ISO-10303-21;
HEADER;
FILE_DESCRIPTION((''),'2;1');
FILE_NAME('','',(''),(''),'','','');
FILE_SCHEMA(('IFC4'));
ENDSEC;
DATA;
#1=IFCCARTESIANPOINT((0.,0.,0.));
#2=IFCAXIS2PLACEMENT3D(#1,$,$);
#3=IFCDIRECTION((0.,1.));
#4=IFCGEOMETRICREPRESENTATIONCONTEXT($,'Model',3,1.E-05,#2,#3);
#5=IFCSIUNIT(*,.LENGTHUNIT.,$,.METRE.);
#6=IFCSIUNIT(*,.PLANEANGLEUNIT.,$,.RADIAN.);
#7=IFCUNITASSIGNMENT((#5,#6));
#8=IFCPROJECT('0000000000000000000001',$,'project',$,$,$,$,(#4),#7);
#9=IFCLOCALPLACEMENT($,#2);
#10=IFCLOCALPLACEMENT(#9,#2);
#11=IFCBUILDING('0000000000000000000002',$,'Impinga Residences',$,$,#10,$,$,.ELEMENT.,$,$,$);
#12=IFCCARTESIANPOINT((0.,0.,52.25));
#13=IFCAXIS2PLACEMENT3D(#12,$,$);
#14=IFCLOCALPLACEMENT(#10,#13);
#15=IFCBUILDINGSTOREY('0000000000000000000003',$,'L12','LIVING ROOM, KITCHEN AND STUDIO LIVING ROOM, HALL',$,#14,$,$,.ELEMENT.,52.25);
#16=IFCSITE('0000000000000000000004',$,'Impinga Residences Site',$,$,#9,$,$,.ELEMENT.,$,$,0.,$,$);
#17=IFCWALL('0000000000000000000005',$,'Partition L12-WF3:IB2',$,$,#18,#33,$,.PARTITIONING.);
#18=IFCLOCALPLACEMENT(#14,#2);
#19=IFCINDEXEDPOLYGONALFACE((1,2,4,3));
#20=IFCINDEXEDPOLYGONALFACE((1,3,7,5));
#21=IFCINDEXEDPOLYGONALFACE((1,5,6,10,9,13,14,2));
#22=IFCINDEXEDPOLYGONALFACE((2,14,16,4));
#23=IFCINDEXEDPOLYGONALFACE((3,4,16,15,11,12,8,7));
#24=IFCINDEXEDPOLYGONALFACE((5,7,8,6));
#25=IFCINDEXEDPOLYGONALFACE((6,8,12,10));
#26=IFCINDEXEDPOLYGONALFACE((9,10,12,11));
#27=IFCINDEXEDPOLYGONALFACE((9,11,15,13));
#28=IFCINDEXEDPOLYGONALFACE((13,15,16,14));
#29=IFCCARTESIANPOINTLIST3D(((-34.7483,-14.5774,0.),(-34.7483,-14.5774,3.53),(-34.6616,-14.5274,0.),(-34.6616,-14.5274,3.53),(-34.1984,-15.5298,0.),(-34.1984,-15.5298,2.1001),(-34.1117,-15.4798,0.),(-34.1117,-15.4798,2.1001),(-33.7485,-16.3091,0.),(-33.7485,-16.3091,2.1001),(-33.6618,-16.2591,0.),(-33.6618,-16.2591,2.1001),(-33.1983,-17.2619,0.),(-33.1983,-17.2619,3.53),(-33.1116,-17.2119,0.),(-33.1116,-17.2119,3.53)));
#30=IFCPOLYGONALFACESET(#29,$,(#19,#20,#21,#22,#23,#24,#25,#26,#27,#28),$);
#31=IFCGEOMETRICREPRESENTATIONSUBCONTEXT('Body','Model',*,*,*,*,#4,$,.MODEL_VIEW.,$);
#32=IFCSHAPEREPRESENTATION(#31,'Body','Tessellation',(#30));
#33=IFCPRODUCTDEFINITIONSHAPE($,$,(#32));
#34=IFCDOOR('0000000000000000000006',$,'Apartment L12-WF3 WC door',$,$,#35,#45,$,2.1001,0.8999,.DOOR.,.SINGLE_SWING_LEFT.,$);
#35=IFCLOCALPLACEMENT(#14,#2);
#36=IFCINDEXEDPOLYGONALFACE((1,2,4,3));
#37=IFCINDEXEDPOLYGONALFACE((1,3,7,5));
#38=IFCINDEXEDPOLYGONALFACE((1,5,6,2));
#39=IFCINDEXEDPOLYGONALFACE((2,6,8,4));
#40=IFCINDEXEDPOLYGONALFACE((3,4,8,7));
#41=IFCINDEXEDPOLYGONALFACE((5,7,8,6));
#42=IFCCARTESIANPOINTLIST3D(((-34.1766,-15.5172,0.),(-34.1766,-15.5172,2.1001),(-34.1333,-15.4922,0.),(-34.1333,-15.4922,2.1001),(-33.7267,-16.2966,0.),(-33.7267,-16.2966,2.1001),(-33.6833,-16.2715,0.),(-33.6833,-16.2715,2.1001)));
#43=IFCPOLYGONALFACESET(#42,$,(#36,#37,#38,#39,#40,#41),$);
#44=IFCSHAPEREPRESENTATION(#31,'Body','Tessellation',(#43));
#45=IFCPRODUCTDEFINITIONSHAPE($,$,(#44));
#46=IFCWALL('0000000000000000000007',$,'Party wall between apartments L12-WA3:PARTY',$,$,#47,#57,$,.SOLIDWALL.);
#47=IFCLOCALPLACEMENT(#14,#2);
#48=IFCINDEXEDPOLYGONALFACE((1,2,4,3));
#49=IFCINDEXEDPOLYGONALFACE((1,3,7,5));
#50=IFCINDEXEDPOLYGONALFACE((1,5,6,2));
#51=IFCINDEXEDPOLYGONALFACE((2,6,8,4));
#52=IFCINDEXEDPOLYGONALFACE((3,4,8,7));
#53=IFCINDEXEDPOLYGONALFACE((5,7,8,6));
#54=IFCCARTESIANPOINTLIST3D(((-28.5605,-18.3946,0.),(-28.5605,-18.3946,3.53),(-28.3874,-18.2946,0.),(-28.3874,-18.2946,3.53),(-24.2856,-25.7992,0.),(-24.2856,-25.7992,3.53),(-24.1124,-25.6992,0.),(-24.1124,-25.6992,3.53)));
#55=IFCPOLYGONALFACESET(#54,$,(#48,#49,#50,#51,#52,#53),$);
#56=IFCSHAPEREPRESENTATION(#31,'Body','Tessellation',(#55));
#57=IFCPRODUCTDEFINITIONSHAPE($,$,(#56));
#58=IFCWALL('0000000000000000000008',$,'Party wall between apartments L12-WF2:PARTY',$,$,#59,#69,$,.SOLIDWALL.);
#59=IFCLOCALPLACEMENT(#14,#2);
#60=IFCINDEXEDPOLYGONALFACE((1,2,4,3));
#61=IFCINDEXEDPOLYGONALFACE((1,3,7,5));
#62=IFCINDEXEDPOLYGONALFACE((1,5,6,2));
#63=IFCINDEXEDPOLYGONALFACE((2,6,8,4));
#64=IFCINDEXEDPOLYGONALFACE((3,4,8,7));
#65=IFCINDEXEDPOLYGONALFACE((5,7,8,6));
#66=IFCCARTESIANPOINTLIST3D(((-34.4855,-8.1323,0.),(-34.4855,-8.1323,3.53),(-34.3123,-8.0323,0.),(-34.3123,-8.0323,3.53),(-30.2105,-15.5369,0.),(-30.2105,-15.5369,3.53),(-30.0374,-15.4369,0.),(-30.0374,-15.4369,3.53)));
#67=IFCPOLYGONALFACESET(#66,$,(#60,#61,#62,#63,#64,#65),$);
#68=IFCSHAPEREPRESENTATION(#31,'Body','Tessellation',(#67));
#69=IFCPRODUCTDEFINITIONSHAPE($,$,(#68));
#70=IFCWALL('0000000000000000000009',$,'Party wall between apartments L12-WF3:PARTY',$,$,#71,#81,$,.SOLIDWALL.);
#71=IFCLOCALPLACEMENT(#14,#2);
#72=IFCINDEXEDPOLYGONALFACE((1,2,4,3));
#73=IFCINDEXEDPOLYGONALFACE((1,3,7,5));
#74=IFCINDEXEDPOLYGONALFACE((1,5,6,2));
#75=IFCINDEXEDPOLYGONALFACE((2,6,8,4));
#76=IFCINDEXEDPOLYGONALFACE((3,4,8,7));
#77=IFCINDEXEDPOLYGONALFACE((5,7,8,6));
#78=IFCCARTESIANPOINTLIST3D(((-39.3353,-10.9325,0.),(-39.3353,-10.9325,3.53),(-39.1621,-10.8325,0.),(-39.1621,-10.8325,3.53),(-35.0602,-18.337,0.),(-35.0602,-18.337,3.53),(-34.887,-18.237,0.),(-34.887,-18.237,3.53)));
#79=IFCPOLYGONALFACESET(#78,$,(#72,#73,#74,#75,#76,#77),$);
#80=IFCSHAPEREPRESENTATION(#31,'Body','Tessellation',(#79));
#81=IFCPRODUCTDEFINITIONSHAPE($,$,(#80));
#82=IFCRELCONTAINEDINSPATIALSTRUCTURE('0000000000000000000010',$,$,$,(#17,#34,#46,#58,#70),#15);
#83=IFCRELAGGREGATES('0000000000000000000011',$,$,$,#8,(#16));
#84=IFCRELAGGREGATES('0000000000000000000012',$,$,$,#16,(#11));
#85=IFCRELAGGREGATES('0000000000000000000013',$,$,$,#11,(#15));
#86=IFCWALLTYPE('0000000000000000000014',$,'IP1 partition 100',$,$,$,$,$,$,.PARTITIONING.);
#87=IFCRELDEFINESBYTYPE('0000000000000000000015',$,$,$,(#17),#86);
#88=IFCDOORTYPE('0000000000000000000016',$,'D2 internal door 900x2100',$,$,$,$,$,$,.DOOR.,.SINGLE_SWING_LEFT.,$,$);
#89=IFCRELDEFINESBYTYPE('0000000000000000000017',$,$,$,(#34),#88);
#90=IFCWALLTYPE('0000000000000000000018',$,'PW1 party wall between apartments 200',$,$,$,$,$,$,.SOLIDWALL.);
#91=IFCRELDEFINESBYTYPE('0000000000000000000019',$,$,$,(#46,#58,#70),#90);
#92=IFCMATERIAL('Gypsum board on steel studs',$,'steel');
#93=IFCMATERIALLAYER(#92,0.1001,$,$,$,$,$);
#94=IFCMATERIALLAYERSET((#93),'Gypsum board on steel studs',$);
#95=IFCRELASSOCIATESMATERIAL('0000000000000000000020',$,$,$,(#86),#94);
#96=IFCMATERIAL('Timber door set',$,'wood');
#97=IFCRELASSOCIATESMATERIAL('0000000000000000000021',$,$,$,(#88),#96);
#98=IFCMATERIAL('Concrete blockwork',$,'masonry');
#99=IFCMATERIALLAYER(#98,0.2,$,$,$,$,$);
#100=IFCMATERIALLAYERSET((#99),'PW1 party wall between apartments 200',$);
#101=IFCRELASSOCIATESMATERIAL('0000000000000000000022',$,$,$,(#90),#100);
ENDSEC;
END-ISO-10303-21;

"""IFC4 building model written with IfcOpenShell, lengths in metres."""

from ifc_helpers import new_model, si_unit, direction, frame, frame_2d, origin, place, context, subcontext, project, spatial, rectangle, extrude, material, layer, layer_set, type_object, element, fill, save


model = new_model("IFC4")

# Units and contexts
model_context = context("Model", 3, precision=1e-05, world=origin(), true_north=direction((0.0, 1.0)))
body_context = subcontext(model_context, "Body", "Model", "MODEL_VIEW")
ifc_project = project(units=[si_unit("LENGTHUNIT", "METRE"), si_unit("PLANEANGLEUNIT", "RADIAN")], contexts=[model_context])

# Site, building, storey
site_placement = place(None, origin())
site = spatial("IfcSite", under=ifc_project, at=site_placement, Name="Impinga Residences Site", CompositionType="ELEMENT", RefElevation=0.0)
building_placement = place(site_placement, origin())
building = spatial("IfcBuilding", under=site, at=building_placement, Name="Impinga Residences", CompositionType="ELEMENT")
storey_placement = place(building_placement, frame((0.0, 0.0, 52.25)))
storey = spatial("IfcBuildingStorey", under=building, at=storey_placement, Name="L12", Description="LIVING ROOM, KITCHEN AND STUDIO LIVING ROOM, HALL", CompositionType="ELEMENT", Elevation=52.25)

# Shared definitions
ifc_material_1 = material(Name="Gypsum board on steel studs", Category="steel")
ifc_layer_1 = layer(ifc_material_1, 0.1001)
ifc_layer_set_1 = layer_set([ifc_layer_1], Name="Gypsum board on steel studs")
wall_type_1 = type_object("IfcWallType", Name="IP1 partition 100", PredefinedType="PARTITIONING", material=ifc_layer_set_1)

# Shared definitions
ifc_material_2 = material(Name="Timber door set", Category="wood")
door_type = type_object("IfcDoorType", Name="D2 internal door 900x2100", OperationType="SINGLE_SWING_LEFT", PredefinedType="DOOR", material=ifc_material_2)

# Wall, opening, door
wall_1_placement = place(storey_placement, frame((-33.155, -17.2368, 0.0), z_axis=(0.0, 0.0, 1.0), x_axis=(-0.500027, 0.86601, 0.0)))
wall_1 = element("IfcWall", 1, at=wall_1_placement, inside=storey, type_object=wall_type_1, Name="Partition L12-WF3:IB2", PredefinedType="PARTITIONING", context=body_context, shape_type="SweptSolid", body=[
    extrude(rectangle(XDim=3.0999, YDim=0.1001, at=frame_2d((1.5498, 0.0))), origin(), (0.0, 0.0, 1.0), 3.53),
])
opening_1_placement = place(wall_1_placement, frame((1.1001, 0.0, 0.0)))
opening_1 = element("IfcOpeningElement", 2, at=opening_1_placement, cuts=wall_1, PredefinedType="OPENING", context=body_context, shape_type="SweptSolid", body=[
    extrude(rectangle(XDim=0.8999, YDim=2.1001, at=frame_2d((0.45, 1.05))), frame((0.0, 0.0601, 0.0), z_axis=(0.0, -1.0, 0.0), x_axis=(1.0, 0.0, 0.0)), (0.0, 0.0, 1.0), 0.1201),
])
door_1_placement = place(opening_1_placement, origin())
door_1 = element("IfcDoor", 3, at=door_1_placement, inside=storey, type_object=door_type, Name="Apartment L12-WF3 WC door", OperationType="SINGLE_SWING_LEFT", OverallHeight=2.1001, OverallWidth=0.8999, PredefinedType="DOOR", context=body_context, shape_type="SweptSolid", body=[
    extrude(rectangle(XDim=0.8999, YDim=2.1001, at=frame_2d((0.45, 1.05))), frame((0.0, 0.0249, 0.0), z_axis=(0.0, -1.0, 0.0), x_axis=(1.0, 0.0, 0.0)), (0.0, 0.0, 1.0), 0.05),
])
fill(opening_1, door_1)

# Walls
ifc_material_3 = material(Name="Concrete blockwork", Category="masonry")
ifc_layer_2 = layer(ifc_material_3, 0.2)
ifc_layer_set_2 = layer_set([ifc_layer_2], Name="PW1 party wall between apartments 200")
wall_type_2 = type_object("IfcWallType", Name="PW1 party wall between apartments 200", PredefinedType="SOLIDWALL", material=ifc_layer_set_2)
for number, where, z_axis, x_axis, name in (
    (4, (-28.4739, -18.3447, 0.0), (0.0, 0.0, 1.0), (0.49999, -0.866031, 0.0), "Party wall between apartments L12-WA3:PARTY"),
    (5, (-30.124, -15.4868, 0.0), (0.0, 0.0, 1.0), (-0.49999, 0.866031, 0.0), "Party wall between apartments L12-WF2:PARTY"),
    (6, (-34.9736, -18.2869, 0.0), (0.0, 0.0, 1.0), (-0.500012, 0.866019, 0.0), "Party wall between apartments L12-WF3:PARTY"),
):
    element("IfcWall", number, at=place(storey_placement, frame(where, z_axis=z_axis, x_axis=x_axis)), inside=storey, type_object=wall_type_2, Name=name, PredefinedType="SOLIDWALL", context=body_context, shape_type="SweptSolid", body=[
        extrude(rectangle(XDim=8.55, YDim=0.2, at=frame_2d((4.2749, 0.0))), origin(), (0.0, 0.0, 1.0), 3.53),
    ])

save(model, "model.ifc")
